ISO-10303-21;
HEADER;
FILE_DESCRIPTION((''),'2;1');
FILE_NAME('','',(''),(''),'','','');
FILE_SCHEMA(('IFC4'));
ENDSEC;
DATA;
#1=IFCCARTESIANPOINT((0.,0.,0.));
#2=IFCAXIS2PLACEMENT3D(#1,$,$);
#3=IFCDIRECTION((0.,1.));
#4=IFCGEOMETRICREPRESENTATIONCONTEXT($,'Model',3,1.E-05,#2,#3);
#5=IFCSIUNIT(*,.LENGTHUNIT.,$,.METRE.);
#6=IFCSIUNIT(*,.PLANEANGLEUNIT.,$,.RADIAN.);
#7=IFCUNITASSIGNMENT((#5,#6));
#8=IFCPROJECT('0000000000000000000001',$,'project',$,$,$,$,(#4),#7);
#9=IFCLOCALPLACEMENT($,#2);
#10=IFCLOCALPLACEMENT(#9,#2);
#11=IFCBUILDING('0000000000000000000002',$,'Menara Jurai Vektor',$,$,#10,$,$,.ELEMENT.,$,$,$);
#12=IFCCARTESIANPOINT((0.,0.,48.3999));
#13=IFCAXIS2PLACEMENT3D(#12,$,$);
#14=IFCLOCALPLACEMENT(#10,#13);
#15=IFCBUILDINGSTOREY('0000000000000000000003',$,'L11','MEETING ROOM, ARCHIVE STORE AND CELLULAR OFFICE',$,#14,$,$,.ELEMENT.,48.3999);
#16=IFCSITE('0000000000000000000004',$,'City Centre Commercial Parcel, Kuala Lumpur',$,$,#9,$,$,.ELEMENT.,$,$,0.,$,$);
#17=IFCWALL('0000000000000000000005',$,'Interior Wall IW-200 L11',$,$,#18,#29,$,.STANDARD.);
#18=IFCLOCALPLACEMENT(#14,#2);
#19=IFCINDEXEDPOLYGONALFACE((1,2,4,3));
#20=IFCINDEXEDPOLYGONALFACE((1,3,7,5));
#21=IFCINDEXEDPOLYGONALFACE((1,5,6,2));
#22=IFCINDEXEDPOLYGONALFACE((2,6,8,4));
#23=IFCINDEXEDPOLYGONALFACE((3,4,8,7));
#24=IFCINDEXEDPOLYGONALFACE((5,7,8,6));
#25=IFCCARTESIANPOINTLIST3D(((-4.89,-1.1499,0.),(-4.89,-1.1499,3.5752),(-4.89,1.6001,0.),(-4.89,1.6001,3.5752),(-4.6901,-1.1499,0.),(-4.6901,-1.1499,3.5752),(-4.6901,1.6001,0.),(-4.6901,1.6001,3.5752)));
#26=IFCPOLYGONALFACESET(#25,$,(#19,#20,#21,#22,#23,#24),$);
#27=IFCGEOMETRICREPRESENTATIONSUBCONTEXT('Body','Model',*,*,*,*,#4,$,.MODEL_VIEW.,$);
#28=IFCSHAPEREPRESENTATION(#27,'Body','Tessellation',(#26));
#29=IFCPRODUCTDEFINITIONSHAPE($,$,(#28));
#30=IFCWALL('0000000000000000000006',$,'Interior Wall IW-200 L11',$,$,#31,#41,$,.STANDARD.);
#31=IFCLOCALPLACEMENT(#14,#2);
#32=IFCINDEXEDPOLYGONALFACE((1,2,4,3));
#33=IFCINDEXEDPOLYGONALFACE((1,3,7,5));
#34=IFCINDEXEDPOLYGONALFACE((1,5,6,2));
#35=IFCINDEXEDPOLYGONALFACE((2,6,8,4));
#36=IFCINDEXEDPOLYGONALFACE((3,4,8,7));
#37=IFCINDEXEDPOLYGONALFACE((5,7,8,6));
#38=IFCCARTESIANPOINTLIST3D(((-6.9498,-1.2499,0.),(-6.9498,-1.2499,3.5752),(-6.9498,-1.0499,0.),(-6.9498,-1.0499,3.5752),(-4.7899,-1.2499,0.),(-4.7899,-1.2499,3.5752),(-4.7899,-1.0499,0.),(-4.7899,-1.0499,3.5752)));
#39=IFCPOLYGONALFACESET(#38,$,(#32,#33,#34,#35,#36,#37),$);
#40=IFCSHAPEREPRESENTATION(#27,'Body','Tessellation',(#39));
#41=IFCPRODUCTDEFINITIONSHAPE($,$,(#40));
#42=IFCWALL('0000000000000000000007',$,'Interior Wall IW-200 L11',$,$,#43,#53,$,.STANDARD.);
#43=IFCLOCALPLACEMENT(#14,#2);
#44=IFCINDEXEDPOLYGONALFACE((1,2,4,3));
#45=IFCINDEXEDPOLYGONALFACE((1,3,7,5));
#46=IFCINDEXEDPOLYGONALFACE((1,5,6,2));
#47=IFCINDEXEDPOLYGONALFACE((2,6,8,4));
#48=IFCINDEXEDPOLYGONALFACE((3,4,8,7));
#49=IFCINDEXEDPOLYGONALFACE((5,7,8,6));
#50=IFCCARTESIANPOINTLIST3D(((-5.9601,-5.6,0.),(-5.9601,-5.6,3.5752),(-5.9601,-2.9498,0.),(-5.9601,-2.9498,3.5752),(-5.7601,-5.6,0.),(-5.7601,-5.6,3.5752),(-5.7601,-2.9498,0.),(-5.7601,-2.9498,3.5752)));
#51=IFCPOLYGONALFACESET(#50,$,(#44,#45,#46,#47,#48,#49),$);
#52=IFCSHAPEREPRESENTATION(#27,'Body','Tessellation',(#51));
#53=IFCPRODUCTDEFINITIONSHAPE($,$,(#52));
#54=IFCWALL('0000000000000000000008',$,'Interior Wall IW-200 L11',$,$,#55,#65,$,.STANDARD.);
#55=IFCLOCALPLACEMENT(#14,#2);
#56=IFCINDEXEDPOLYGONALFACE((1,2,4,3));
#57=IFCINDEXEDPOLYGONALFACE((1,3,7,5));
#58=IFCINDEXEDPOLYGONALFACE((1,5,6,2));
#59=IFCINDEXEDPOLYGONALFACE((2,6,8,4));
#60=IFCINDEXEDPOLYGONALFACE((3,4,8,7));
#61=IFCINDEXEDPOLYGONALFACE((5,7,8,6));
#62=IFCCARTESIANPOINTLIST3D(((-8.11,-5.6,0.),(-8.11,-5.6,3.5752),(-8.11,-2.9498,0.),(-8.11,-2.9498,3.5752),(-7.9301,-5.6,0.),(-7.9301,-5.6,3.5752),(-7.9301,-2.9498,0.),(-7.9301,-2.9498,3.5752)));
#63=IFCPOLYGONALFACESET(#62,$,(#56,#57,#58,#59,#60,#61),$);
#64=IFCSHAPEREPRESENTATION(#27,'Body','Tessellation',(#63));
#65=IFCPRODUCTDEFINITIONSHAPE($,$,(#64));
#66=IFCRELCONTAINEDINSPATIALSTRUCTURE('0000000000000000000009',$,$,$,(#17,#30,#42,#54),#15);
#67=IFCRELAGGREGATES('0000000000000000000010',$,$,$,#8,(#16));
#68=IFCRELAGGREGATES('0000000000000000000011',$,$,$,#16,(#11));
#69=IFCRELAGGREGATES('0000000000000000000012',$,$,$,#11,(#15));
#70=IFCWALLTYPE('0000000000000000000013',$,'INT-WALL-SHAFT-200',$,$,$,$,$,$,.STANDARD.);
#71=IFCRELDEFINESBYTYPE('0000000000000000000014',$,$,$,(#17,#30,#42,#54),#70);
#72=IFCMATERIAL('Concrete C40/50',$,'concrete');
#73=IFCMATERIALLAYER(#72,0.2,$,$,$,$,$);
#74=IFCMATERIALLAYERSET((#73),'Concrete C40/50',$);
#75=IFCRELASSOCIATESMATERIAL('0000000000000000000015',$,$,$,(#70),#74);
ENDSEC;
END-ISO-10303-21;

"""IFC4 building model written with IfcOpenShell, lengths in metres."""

from ifc_helpers import new_model, si_unit, direction, frame, frame_2d, origin, place, context, subcontext, project, spatial, rectangle, extrude, material, layer, layer_set, type_object, element, save


model = new_model("IFC4")

# Units and contexts
model_context = context("Model", 3, precision=1e-05, world=origin(), true_north=direction((0.0, 1.0)))
body_context = subcontext(model_context, "Body", "Model", "MODEL_VIEW")
ifc_project = project(units=[si_unit("LENGTHUNIT", "METRE"), si_unit("PLANEANGLEUNIT", "RADIAN")], contexts=[model_context])

# Site, building, storey
site_placement = place(None, origin())
site = spatial("IfcSite", under=ifc_project, at=site_placement, Name="City Centre Commercial Parcel, Kuala Lumpur", CompositionType="ELEMENT", RefElevation=0.0)
building_placement = place(site_placement, origin())
building = spatial("IfcBuilding", under=site, at=building_placement, Name="Menara Jurai Vektor", CompositionType="ELEMENT")
storey_placement = place(building_placement, frame((0.0, 0.0, 48.3999)))
storey = spatial("IfcBuildingStorey", under=building, at=storey_placement, Name="L11", Description="MEETING ROOM, ARCHIVE STORE AND CELLULAR OFFICE", CompositionType="ELEMENT", Elevation=48.3999)

# Shared definitions
ifc_material_1 = material(Name="Concrete C40/50", Category="concrete")
ifc_layer_1 = layer(ifc_material_1, 0.2)
ifc_layer_set_1 = layer_set([ifc_layer_1], Name="Concrete C40/50")
wall_type_1 = type_object("IfcWallType", Name="INT-WALL-SHAFT-200", PredefinedType="STANDARD", material=ifc_layer_set_1)

# Walls
for number, where, z_axis, x_axis, name in (
    (1, (-4.79, -1.1499, 0.0), (0.0, 0.0, 1.0), (0.0, 1.0, 0.0), "Interior Wall IW-200 L11"),
):
    element("IfcWall", number, at=place(storey_placement, frame(where, z_axis=z_axis, x_axis=x_axis)), inside=storey, type_object=wall_type_1, Name=name, PredefinedType="STANDARD", context=body_context, shape_type="SweptSolid", body=[
        extrude(rectangle(XDim=2.75, YDim=0.2, at=frame_2d((1.375, 0.0))), origin(), (0.0, 0.0, 1.0), 3.5752),
    ])
wall_1_placement = place(storey_placement, frame((-6.95, -1.1499, 0.0), z_axis=(0.0, 0.0, 1.0), x_axis=(1.0, 0.0, 0.0)))
element("IfcWall", 2, at=wall_1_placement, inside=storey, type_object=wall_type_1, Name="Interior Wall IW-200 L11", PredefinedType="STANDARD", context=body_context, shape_type="SweptSolid", body=[
    extrude(rectangle(XDim=2.1599, YDim=0.2, at=frame_2d((1.0801, 0.0))), origin(), (0.0, 0.0, 1.0), 3.5752),
])
wall_2_placement = place(storey_placement, frame((-5.8601, -5.6001, 0.0), z_axis=(0.0, 0.0, 1.0), x_axis=(0.0, 1.0, 0.0)))
element("IfcWall", 3, at=wall_2_placement, inside=storey, type_object=wall_type_1, Name="Interior Wall IW-200 L11", PredefinedType="STANDARD", context=body_context, shape_type="SweptSolid", body=[
    extrude(rectangle(XDim=2.6501, YDim=0.2, at=frame_2d((1.3252, 0.0))), origin(), (0.0, 0.0, 1.0), 3.5752),
])
wall_3_placement = place(storey_placement, frame((-8.02, -5.6001, 0.0), z_axis=(0.0, 0.0, 1.0), x_axis=(0.0, 1.0, 0.0)))
element("IfcWall", 4, at=wall_3_placement, inside=storey, type_object=wall_type_1, Name="Interior Wall IW-200 L11", PredefinedType="STANDARD", context=body_context, shape_type="SweptSolid", body=[
    extrude(rectangle(XDim=2.6501, YDim=0.1799, at=frame_2d((1.3252, 0.0))), origin(), (0.0, 0.0, 1.0), 3.5752),
])

save(model, "model.ifc")
